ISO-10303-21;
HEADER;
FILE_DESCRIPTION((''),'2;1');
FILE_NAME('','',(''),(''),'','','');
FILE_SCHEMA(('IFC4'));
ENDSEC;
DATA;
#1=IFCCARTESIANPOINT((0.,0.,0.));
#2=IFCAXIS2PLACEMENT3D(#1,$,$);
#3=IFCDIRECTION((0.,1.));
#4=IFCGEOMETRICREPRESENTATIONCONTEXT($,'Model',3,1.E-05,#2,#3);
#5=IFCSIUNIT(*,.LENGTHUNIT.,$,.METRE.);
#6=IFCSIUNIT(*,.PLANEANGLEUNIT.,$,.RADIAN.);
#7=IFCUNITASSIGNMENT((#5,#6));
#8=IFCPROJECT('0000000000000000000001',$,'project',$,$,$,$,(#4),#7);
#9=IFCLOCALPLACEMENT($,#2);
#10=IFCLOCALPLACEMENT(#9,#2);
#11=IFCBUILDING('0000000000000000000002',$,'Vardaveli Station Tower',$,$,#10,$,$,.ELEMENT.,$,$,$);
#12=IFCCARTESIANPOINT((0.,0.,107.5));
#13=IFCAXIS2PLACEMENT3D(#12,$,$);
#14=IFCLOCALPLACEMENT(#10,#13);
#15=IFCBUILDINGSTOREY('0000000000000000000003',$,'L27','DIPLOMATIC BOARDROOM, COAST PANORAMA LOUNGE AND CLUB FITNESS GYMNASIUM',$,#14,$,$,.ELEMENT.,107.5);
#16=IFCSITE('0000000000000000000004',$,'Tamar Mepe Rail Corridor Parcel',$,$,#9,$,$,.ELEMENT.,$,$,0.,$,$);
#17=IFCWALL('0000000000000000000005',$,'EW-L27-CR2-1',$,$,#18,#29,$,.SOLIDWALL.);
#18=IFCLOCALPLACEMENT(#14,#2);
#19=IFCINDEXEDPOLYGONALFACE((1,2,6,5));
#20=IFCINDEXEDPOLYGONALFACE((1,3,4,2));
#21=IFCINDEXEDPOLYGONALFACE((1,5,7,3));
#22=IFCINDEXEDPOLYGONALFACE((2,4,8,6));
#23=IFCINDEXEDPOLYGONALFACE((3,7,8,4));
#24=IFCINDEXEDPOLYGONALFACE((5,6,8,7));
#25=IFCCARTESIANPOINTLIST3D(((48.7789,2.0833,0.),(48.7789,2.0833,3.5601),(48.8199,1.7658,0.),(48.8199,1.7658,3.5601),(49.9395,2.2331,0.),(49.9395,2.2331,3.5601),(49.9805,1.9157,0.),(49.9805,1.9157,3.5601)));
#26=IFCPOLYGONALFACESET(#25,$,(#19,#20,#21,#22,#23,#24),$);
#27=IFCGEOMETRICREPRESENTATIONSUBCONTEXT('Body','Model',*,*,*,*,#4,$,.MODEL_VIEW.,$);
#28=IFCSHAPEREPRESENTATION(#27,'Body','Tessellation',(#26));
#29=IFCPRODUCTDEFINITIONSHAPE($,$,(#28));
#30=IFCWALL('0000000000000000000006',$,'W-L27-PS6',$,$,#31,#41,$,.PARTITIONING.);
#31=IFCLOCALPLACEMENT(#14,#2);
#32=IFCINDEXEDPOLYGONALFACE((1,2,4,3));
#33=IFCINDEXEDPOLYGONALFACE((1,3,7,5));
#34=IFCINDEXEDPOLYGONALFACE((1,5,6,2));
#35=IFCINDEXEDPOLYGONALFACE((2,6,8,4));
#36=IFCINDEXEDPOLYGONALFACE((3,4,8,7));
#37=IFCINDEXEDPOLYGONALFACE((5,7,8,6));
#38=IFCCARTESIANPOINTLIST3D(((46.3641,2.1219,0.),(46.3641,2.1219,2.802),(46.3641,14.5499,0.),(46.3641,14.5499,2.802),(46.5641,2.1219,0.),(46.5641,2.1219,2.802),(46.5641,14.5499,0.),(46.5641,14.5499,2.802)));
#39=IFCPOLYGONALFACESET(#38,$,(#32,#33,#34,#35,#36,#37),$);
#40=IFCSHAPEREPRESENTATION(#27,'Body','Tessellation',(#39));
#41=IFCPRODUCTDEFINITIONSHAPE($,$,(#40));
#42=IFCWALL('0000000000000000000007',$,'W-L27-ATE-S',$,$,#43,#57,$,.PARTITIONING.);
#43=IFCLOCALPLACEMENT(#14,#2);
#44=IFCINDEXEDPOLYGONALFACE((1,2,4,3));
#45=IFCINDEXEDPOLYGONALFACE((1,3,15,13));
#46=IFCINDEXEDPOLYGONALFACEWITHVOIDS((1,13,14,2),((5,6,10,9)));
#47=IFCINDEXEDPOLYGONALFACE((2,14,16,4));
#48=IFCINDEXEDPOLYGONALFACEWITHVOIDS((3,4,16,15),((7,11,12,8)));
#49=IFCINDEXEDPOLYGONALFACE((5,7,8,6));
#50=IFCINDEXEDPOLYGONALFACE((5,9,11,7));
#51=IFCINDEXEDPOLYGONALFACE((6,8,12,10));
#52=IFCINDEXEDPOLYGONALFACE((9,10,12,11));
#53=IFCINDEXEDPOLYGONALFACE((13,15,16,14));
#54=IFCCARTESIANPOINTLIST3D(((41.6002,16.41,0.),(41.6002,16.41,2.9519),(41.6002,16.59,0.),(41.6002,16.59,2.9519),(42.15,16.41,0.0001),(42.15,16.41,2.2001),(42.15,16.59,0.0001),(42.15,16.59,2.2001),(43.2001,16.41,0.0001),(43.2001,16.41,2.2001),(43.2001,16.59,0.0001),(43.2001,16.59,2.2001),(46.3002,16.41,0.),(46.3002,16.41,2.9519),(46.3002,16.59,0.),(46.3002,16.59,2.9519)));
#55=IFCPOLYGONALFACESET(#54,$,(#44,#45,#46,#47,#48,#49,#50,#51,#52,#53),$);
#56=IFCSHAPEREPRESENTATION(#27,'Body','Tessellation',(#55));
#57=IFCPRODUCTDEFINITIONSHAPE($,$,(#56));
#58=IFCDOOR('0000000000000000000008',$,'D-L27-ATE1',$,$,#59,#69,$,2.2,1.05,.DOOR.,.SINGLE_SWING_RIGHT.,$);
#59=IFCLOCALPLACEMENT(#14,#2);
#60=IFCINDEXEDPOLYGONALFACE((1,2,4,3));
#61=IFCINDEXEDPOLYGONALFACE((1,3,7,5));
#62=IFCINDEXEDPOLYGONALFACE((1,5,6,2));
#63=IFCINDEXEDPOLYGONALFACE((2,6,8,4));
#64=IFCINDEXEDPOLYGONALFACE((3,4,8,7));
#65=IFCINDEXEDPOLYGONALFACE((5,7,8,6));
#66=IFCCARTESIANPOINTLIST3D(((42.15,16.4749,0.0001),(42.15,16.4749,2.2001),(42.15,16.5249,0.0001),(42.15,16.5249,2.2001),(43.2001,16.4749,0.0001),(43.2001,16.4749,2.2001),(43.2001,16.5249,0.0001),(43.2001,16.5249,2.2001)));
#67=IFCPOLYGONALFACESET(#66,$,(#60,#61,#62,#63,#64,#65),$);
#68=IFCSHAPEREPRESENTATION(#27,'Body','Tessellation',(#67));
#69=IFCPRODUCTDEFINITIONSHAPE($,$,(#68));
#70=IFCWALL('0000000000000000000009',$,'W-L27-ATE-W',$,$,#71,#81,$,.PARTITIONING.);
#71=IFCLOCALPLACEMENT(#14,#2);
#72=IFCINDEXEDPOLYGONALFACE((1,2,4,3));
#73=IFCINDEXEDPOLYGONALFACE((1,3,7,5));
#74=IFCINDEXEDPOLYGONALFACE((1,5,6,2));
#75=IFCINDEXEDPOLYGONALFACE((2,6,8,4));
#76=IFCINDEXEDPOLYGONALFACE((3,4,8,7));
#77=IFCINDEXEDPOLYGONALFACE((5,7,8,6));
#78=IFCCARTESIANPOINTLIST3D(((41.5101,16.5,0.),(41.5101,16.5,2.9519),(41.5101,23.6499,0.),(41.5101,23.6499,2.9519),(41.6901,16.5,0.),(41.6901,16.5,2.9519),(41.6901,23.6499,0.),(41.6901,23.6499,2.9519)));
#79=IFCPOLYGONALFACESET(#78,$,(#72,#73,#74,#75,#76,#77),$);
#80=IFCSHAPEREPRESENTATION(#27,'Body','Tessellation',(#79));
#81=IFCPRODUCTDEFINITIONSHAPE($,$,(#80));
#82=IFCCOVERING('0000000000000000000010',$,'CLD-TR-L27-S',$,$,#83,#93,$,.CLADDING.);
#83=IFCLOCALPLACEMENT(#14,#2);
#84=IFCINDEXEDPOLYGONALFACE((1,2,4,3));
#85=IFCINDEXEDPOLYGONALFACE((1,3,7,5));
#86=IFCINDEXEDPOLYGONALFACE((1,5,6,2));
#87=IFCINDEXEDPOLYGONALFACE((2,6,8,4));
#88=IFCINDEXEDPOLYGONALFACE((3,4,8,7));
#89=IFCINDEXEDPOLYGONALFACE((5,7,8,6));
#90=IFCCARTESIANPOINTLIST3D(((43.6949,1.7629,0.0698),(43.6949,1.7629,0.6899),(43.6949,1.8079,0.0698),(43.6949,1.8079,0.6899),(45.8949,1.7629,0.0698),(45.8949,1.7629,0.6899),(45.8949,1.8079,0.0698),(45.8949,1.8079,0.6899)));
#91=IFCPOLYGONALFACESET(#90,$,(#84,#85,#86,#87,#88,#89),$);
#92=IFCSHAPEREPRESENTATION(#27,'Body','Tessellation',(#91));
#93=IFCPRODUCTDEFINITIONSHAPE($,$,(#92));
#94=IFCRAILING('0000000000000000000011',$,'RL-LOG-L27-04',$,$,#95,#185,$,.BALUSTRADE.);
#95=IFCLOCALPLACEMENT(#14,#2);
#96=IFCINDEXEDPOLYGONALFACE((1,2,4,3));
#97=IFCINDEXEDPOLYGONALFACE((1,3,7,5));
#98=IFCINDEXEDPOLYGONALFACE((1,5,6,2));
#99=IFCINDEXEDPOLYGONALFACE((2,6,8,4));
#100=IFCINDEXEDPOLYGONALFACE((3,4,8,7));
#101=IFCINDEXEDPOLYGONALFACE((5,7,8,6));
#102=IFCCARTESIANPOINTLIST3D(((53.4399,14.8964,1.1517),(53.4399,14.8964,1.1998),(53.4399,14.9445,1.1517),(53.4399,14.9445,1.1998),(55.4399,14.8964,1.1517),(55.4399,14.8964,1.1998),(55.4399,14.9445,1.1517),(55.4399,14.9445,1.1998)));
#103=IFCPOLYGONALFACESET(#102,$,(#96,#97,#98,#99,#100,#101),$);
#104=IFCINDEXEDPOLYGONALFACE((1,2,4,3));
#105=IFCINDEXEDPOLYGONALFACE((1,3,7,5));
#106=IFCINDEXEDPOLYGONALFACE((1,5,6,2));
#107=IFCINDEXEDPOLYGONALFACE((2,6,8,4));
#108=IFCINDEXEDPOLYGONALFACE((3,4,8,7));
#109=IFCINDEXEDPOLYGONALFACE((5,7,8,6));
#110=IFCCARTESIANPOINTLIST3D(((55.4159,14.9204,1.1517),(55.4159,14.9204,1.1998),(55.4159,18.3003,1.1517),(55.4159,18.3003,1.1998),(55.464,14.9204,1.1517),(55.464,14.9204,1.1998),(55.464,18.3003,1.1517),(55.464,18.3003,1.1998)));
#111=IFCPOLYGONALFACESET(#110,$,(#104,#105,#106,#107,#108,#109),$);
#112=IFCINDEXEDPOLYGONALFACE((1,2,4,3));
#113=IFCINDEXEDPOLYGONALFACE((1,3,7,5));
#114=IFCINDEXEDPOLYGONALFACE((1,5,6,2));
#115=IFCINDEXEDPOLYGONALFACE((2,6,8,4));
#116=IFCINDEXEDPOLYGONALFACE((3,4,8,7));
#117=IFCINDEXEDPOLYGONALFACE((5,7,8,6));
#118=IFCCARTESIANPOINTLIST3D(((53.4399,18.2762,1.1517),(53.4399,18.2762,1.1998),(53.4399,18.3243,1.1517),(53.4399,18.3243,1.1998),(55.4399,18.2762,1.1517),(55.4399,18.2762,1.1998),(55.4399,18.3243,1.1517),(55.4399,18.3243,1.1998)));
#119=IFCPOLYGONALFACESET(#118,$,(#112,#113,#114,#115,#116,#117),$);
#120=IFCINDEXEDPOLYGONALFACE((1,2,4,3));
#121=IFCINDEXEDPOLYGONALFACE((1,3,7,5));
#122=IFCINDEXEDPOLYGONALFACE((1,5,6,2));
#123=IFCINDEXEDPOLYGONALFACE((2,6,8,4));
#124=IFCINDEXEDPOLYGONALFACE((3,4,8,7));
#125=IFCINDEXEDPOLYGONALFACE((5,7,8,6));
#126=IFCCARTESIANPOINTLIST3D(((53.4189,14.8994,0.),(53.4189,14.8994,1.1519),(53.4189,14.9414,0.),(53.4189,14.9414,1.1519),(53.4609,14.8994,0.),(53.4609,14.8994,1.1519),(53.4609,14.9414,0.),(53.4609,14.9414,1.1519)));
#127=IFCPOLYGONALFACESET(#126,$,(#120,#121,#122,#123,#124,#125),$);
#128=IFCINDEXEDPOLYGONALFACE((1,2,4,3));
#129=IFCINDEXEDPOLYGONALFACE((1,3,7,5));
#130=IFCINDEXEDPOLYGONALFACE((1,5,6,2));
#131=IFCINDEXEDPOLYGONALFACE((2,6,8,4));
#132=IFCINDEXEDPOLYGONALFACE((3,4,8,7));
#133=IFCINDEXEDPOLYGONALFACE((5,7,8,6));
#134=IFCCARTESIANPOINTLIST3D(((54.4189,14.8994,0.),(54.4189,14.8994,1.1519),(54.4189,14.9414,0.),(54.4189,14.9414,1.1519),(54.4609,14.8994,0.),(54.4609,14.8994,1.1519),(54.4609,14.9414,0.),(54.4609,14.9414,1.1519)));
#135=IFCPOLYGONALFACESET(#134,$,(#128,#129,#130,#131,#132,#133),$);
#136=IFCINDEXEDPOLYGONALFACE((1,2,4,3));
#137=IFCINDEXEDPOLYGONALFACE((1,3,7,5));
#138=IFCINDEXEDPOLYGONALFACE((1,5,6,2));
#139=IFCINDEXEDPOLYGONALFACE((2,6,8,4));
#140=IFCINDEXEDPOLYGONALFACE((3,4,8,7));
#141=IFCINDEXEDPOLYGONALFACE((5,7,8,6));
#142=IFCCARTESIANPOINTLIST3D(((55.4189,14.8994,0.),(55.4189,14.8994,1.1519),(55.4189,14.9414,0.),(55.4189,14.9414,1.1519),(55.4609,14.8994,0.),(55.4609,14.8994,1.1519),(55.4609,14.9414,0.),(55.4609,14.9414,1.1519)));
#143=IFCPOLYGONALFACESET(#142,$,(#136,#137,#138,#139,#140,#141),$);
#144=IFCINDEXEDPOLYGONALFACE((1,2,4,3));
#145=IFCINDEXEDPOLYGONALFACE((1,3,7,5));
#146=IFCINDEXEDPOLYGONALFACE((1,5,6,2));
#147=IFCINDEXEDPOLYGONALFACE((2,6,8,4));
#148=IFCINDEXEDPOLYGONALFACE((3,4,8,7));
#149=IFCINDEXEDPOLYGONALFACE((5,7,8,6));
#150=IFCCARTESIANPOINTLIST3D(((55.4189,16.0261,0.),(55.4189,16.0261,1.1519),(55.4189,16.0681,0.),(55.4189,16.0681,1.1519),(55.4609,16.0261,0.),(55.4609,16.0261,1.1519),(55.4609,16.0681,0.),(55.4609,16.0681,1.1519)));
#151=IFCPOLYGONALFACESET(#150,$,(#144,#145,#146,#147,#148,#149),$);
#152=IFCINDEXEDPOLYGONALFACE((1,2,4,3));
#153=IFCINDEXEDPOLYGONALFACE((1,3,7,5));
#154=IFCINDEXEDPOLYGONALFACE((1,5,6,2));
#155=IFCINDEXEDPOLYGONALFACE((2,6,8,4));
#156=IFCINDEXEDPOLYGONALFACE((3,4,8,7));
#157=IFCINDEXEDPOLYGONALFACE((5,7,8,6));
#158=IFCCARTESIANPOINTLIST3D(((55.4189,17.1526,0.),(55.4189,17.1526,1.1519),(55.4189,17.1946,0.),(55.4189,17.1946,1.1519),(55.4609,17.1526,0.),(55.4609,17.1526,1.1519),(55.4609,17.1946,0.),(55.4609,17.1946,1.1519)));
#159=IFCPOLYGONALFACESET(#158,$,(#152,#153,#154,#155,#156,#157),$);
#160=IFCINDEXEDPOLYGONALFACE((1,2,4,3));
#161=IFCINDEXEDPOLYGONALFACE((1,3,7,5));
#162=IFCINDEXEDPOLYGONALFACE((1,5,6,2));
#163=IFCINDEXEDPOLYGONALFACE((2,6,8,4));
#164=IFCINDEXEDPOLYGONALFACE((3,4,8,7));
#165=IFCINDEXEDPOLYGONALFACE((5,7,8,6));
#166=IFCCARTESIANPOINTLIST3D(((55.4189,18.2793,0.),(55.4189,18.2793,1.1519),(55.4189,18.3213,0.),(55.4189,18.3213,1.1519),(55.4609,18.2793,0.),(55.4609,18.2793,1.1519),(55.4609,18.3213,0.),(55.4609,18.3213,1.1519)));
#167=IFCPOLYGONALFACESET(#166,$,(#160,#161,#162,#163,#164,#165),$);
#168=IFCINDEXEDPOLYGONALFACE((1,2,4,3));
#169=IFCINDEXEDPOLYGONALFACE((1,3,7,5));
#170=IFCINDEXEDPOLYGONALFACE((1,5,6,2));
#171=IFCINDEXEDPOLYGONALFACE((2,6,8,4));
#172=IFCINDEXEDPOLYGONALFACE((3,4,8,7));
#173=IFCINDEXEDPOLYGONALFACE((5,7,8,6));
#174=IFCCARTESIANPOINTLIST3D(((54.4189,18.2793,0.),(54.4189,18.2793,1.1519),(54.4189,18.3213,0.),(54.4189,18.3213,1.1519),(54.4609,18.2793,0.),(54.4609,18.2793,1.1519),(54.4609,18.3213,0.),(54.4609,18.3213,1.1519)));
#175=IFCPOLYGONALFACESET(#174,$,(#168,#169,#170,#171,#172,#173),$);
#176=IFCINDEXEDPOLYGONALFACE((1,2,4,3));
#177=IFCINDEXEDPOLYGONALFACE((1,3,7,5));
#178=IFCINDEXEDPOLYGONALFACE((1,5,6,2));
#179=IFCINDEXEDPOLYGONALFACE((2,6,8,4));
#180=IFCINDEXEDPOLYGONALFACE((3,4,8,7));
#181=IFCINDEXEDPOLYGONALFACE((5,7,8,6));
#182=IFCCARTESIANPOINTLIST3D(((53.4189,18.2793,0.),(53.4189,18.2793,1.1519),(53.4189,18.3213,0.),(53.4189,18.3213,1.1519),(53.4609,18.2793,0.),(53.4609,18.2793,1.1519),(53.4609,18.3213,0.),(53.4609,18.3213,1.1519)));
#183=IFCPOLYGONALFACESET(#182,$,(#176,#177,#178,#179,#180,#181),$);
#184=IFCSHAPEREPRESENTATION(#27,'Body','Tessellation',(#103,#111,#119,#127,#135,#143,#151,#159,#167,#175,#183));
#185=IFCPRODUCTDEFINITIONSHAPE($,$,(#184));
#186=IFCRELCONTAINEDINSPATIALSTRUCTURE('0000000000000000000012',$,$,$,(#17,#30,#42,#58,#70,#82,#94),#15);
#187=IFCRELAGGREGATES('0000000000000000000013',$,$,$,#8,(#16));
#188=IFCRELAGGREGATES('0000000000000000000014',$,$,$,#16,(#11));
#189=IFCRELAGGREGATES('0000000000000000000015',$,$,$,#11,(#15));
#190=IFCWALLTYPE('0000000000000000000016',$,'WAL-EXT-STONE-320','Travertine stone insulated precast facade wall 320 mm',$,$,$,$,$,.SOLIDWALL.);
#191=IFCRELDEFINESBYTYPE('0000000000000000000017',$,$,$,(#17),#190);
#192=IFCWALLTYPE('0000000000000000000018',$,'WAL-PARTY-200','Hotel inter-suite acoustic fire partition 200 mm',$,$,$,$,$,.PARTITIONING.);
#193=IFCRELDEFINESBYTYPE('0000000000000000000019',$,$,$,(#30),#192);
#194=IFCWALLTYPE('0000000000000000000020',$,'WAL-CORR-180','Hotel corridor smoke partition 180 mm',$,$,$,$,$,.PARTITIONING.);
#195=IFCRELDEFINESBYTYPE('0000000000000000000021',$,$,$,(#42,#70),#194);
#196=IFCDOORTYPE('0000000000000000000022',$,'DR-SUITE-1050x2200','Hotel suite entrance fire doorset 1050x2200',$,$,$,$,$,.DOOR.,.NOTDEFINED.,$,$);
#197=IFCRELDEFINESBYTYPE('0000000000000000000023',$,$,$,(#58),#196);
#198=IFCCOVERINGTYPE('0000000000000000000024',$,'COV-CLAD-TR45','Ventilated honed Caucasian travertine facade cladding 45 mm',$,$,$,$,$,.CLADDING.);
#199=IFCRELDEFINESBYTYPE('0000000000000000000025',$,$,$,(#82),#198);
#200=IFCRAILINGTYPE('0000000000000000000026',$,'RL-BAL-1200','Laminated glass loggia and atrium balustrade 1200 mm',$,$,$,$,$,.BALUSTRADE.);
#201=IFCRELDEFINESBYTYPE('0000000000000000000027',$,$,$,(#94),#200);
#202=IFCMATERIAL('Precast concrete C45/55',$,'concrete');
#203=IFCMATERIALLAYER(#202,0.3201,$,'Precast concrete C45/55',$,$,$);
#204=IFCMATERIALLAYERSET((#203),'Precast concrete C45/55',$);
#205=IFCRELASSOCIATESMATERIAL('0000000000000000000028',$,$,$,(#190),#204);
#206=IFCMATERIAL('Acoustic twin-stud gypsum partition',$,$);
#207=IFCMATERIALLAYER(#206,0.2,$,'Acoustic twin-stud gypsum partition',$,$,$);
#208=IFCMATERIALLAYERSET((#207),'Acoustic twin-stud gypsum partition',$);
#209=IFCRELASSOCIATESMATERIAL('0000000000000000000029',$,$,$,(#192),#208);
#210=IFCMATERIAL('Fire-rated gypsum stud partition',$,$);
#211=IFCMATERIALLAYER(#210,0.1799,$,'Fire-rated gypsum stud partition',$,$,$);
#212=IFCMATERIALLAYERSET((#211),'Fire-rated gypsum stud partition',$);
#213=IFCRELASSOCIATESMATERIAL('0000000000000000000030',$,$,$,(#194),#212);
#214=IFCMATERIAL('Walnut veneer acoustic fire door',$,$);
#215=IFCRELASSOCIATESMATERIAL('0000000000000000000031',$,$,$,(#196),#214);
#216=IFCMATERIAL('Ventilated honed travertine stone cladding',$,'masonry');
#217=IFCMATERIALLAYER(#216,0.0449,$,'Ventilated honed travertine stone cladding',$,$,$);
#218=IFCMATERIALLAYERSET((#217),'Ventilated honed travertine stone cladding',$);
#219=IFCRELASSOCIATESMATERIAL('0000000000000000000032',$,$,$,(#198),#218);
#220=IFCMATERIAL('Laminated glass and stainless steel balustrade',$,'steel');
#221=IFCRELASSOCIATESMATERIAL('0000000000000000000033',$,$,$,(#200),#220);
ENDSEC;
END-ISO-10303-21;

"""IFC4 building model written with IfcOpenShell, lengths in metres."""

from ifc_helpers import new_model, si_unit, direction, frame, frame_2d, origin, origin_2d, place, context, subcontext, project, spatial, rectangle, extrude, source, transform, mapped, material, layer, layer_set, type_object, element, fill, save


model = new_model("IFC4")

# Units and contexts
model_context = context("Model", 3, precision=1e-05, world=origin(), true_north=direction((0.0, 1.0)))
body_context = subcontext(model_context, "Body", "Model", "MODEL_VIEW")
ifc_project = project(units=[si_unit("LENGTHUNIT", "METRE"), si_unit("PLANEANGLEUNIT", "RADIAN")], contexts=[model_context])

# Site, building, storey
site_placement = place(None, origin())
site = spatial("IfcSite", under=ifc_project, at=site_placement, Name="Tamar Mepe Rail Corridor Parcel", CompositionType="ELEMENT", RefElevation=0.0)
building_placement = place(site_placement, origin())
building = spatial("IfcBuilding", under=site, at=building_placement, Name="Vardaveli Station Tower", CompositionType="ELEMENT")
storey_placement = place(building_placement, frame((0.0, 0.0, 107.5)))
storey = spatial("IfcBuildingStorey", under=building, at=storey_placement, Name="L27", Description="DIPLOMATIC BOARDROOM, COAST PANORAMA LOUNGE AND CLUB FITNESS GYMNASIUM", CompositionType="ELEMENT", Elevation=107.5)

# Shared definitions
ifc_material_1 = material(Name="Precast concrete C45/55", Category="concrete")

# Shared definitions
ifc_layer_1 = layer(ifc_material_1, 0.3201, Name="Precast concrete C45/55")
ifc_layer_set_1 = layer_set([ifc_layer_1], Name="Precast concrete C45/55")
wall_type_1 = type_object("IfcWallType", Name="WAL-EXT-STONE-320", Description="Travertine stone insulated precast facade wall 320 mm", PredefinedType="SOLIDWALL", material=ifc_layer_set_1)

# Walls
shared_shape_1 = source(origin(), body_context, "Body", "SweptSolid", [
    extrude(rectangle(XDim=1.1702, YDim=0.3201, at=frame_2d((0.585, 0.0))), origin(), (0.0, 0.0, 1.0), 3.5601),
])
wall_1_placement = place(storey_placement, frame((48.7996, 1.9246, 0.0), z_axis=(0.0, 0.0, 1.0), x_axis=(0.991762, 0.12809, 0.0)))
element("IfcWall", 1, at=wall_1_placement, inside=storey, type_object=wall_type_1, Name="EW-L27-CR2-1", PredefinedType="SOLIDWALL", context=body_context, shape_type="MappedRepresentation", body=[
    mapped(shared_shape_1, transform((0.0, 0.0, 0.0), scale=1.0)),
])
ifc_material_2 = material(Name="Acoustic twin-stud gypsum partition")
ifc_layer_2 = layer(ifc_material_2, 0.2, Name="Acoustic twin-stud gypsum partition")
ifc_layer_set_2 = layer_set([ifc_layer_2], Name="Acoustic twin-stud gypsum partition")
wall_type_2 = type_object("IfcWallType", Name="WAL-PARTY-200", Description="Hotel inter-suite acoustic fire partition 200 mm", PredefinedType="PARTITIONING", material=ifc_layer_set_2)
shared_shape_2 = source(origin(), body_context, "Body", "SweptSolid", [
    extrude(rectangle(XDim=12.428, YDim=0.2, at=frame_2d((6.2139, 0.0))), origin(), (0.0, 0.0, 1.0), 2.802),
])
wall_2_placement = place(storey_placement, frame((46.4641, 2.1221, 0.0), z_axis=(0.0, 0.0, 1.0), x_axis=(0.0, 1.0, 0.0)))
element("IfcWall", 2, at=wall_2_placement, inside=storey, type_object=wall_type_2, Name="W-L27-PS6", PredefinedType="PARTITIONING", context=body_context, shape_type="MappedRepresentation", body=[
    mapped(shared_shape_2, transform((0.0, 0.0, 0.0), scale=1.0)),
])

# Wall, opening, door
ifc_material_3 = material(Name="Fire-rated gypsum stud partition")
ifc_layer_3 = layer(ifc_material_3, 0.1799, Name="Fire-rated gypsum stud partition")
ifc_layer_set_3 = layer_set([ifc_layer_3], Name="Fire-rated gypsum stud partition")
wall_type_3 = type_object("IfcWallType", Name="WAL-CORR-180", Description="Hotel corridor smoke partition 180 mm", PredefinedType="PARTITIONING", material=ifc_layer_set_3)
shared_shape_3 = source(origin(), body_context, "Body", "SweptSolid", [
    extrude(rectangle(XDim=4.7, YDim=0.1799, at=frame_2d((2.3501, 0.0))), origin(), (0.0, 0.0, 1.0), 2.9519),
])
wall_3_placement = place(storey_placement, frame((41.6001, 16.5, 0.0), z_axis=(0.0, 0.0, 1.0), x_axis=(1.0, 0.0, 0.0)))
wall_3 = element("IfcWall", 3, at=wall_3_placement, inside=storey, type_object=wall_type_3, Name="W-L27-ATE-S", PredefinedType="PARTITIONING", context=body_context, shape_type="MappedRepresentation", body=[
    mapped(shared_shape_3, transform((0.0, 0.0, 0.0), scale=1.0)),
])
shared_shape_4 = source(origin(), body_context, "Body", "SweptSolid", [
    extrude(rectangle(XDim=1.05, YDim=2.2, at=frame_2d((0.5249, 1.1001))), frame((0.0, 0.1001, 0.0), z_axis=(0.0, -1.0, 0.0), x_axis=(1.0, 0.0, 0.0)), (0.0, 0.0, 1.0), 0.2),
])
opening_1_placement = place(wall_3_placement, frame((0.55, 0.0, 0.0)))
opening_1 = element("IfcOpeningElement", 4, at=opening_1_placement, cuts=wall_3, PredefinedType="OPENING", context=body_context, shape_type="MappedRepresentation", body=[
    mapped(shared_shape_4, transform((0.0, 0.0, 0.0), scale=1.0)),
])
ifc_material_4 = material(Name="Walnut veneer acoustic fire door")
door_type_1 = type_object("IfcDoorType", Name="DR-SUITE-1050x2200", Description="Hotel suite entrance fire doorset 1050x2200", OperationType="NOTDEFINED", PredefinedType="DOOR", material=ifc_material_4)
shared_shape_5 = source(origin(), body_context, "Body", "SweptSolid", [
    extrude(rectangle(XDim=1.05, YDim=2.2, at=frame_2d((0.5249, 1.1001))), frame((0.0, 0.0249, 0.0), z_axis=(0.0, -1.0, 0.0), x_axis=(1.0, 0.0, 0.0)), (0.0, 0.0, 1.0), 0.05),
])
door_1_placement = place(opening_1_placement, origin())
door_1 = element("IfcDoor", 5, at=door_1_placement, inside=storey, type_object=door_type_1, Name="D-L27-ATE1", OperationType="SINGLE_SWING_RIGHT", OverallHeight=2.2, OverallWidth=1.05, PredefinedType="DOOR", context=body_context, shape_type="MappedRepresentation", body=[
    mapped(shared_shape_5, transform((0.0, 0.0, 0.0), scale=1.0)),
])
fill(opening_1, door_1)

# Wall
shared_shape_6 = source(origin(), body_context, "Body", "SweptSolid", [
    extrude(rectangle(XDim=7.1499, YDim=0.1799, at=frame_2d((3.575, 0.0))), origin(), (0.0, 0.0, 1.0), 2.9519),
])
wall_4_placement = place(storey_placement, frame((41.6001, 16.5, 0.0), z_axis=(0.0, 0.0, 1.0), x_axis=(0.0, 1.0, 0.0)))
element("IfcWall", 6, at=wall_4_placement, inside=storey, type_object=wall_type_3, Name="W-L27-ATE-W", PredefinedType="PARTITIONING", context=body_context, shape_type="MappedRepresentation", body=[
    mapped(shared_shape_6, transform((0.0, 0.0, 0.0), scale=1.0)),
])

# Covering
ifc_material_5 = material(Name="Ventilated honed travertine stone cladding", Category="masonry")
ifc_layer_4 = layer(ifc_material_5, 0.0449, Name="Ventilated honed travertine stone cladding")
ifc_layer_set_4 = layer_set([ifc_layer_4], Name="Ventilated honed travertine stone cladding")
covering_type = type_object("IfcCoveringType", Name="COV-CLAD-TR45", Description="Ventilated honed Caucasian travertine facade cladding 45 mm", PredefinedType="CLADDING", material=ifc_layer_set_4)
shared_shape_7 = source(origin(), body_context, "Body", "SweptSolid", [
    extrude(rectangle(XDim=2.2, YDim=0.0449, at=origin_2d()), origin(), (0.0, 0.0, 1.0), 0.6201),
])
covering_placement = place(storey_placement, frame((44.7949, 1.7854, 0.0698), z_axis=(0.0, 0.0, 1.0), x_axis=(1.0, 0.0, 0.0)))
element("IfcCovering", 7, at=covering_placement, inside=storey, type_object=covering_type, Name="CLD-TR-L27-S", PredefinedType="CLADDING", context=body_context, shape_type="MappedRepresentation", body=[
    mapped(shared_shape_7, transform((0.0, 0.0, 0.0), scale=1.0)),
])

# Railing
ifc_material_6 = material(Name="Laminated glass and stainless steel balustrade", Category="steel")
railing_type = type_object("IfcRailingType", Name="RL-BAL-1200", Description="Laminated glass loggia and atrium balustrade 1200 mm", PredefinedType="BALUSTRADE", material=ifc_material_6)
shared_shape_8 = source(origin(), body_context, "Body", "SweptSolid", [
    extrude(rectangle(XDim=0.0481, YDim=0.0481, at=origin_2d()), frame((0.0, 0.0, 1.1758), z_axis=(1.0, 0.0, 0.0), x_axis=(0.0, 1.0, 0.0)), (0.0, 0.0, 1.0), 2.0),
    extrude(rectangle(XDim=0.0481, YDim=0.0481, at=origin_2d()), frame((2.0, 0.0, 1.1758), z_axis=(0.0, 1.0, 0.0), x_axis=(-1.0, 0.0, 0.0)), (0.0, 0.0, 1.0), 3.3799),
    extrude(rectangle(XDim=0.0481, YDim=0.0481, at=origin_2d()), frame((2.0, 3.3799, 1.1758), z_axis=(-1.0, 0.0, 0.0), x_axis=(0.0, -1.0, 0.0)), (0.0, 0.0, 1.0), 2.0),
    extrude(rectangle(XDim=0.042, YDim=0.042, at=origin_2d()), origin(), (0.0, 0.0, 1.0), 1.1519),
    extrude(rectangle(XDim=0.042, YDim=0.042, at=origin_2d()), frame((1.0, 0.0, 0.0)), (0.0, 0.0, 1.0), 1.1519),
    extrude(rectangle(XDim=0.042, YDim=0.042, at=origin_2d()), frame((2.0, 0.0, 0.0)), (0.0, 0.0, 1.0), 1.1519),
    extrude(rectangle(XDim=0.042, YDim=0.042, at=origin_2d()), frame((2.0, 1.1267, 0.0)), (0.0, 0.0, 1.0), 1.1519),
    extrude(rectangle(XDim=0.042, YDim=0.042, at=origin_2d()), frame((2.0, 2.2532, 0.0)), (0.0, 0.0, 1.0), 1.1519),
    extrude(rectangle(XDim=0.042, YDim=0.042, at=origin_2d()), frame((2.0, 3.3799, 0.0)), (0.0, 0.0, 1.0), 1.1519),
    extrude(rectangle(XDim=0.042, YDim=0.042, at=origin_2d()), frame((1.0, 3.3799, 0.0)), (0.0, 0.0, 1.0), 1.1519),
    extrude(rectangle(XDim=0.042, YDim=0.042, at=origin_2d()), frame((0.0, 3.3799, 0.0)), (0.0, 0.0, 1.0), 1.1519),
])
railing_placement = place(storey_placement, frame((53.4399, 14.9204, 0.0)))
element("IfcRailing", 8, at=railing_placement, inside=storey, type_object=railing_type, Name="RL-LOG-L27-04", PredefinedType="BALUSTRADE", context=body_context, shape_type="MappedRepresentation", body=[
    mapped(shared_shape_8, transform((0.0, 0.0, 0.0), scale=1.0)),
])

save(model, "model.ifc")
